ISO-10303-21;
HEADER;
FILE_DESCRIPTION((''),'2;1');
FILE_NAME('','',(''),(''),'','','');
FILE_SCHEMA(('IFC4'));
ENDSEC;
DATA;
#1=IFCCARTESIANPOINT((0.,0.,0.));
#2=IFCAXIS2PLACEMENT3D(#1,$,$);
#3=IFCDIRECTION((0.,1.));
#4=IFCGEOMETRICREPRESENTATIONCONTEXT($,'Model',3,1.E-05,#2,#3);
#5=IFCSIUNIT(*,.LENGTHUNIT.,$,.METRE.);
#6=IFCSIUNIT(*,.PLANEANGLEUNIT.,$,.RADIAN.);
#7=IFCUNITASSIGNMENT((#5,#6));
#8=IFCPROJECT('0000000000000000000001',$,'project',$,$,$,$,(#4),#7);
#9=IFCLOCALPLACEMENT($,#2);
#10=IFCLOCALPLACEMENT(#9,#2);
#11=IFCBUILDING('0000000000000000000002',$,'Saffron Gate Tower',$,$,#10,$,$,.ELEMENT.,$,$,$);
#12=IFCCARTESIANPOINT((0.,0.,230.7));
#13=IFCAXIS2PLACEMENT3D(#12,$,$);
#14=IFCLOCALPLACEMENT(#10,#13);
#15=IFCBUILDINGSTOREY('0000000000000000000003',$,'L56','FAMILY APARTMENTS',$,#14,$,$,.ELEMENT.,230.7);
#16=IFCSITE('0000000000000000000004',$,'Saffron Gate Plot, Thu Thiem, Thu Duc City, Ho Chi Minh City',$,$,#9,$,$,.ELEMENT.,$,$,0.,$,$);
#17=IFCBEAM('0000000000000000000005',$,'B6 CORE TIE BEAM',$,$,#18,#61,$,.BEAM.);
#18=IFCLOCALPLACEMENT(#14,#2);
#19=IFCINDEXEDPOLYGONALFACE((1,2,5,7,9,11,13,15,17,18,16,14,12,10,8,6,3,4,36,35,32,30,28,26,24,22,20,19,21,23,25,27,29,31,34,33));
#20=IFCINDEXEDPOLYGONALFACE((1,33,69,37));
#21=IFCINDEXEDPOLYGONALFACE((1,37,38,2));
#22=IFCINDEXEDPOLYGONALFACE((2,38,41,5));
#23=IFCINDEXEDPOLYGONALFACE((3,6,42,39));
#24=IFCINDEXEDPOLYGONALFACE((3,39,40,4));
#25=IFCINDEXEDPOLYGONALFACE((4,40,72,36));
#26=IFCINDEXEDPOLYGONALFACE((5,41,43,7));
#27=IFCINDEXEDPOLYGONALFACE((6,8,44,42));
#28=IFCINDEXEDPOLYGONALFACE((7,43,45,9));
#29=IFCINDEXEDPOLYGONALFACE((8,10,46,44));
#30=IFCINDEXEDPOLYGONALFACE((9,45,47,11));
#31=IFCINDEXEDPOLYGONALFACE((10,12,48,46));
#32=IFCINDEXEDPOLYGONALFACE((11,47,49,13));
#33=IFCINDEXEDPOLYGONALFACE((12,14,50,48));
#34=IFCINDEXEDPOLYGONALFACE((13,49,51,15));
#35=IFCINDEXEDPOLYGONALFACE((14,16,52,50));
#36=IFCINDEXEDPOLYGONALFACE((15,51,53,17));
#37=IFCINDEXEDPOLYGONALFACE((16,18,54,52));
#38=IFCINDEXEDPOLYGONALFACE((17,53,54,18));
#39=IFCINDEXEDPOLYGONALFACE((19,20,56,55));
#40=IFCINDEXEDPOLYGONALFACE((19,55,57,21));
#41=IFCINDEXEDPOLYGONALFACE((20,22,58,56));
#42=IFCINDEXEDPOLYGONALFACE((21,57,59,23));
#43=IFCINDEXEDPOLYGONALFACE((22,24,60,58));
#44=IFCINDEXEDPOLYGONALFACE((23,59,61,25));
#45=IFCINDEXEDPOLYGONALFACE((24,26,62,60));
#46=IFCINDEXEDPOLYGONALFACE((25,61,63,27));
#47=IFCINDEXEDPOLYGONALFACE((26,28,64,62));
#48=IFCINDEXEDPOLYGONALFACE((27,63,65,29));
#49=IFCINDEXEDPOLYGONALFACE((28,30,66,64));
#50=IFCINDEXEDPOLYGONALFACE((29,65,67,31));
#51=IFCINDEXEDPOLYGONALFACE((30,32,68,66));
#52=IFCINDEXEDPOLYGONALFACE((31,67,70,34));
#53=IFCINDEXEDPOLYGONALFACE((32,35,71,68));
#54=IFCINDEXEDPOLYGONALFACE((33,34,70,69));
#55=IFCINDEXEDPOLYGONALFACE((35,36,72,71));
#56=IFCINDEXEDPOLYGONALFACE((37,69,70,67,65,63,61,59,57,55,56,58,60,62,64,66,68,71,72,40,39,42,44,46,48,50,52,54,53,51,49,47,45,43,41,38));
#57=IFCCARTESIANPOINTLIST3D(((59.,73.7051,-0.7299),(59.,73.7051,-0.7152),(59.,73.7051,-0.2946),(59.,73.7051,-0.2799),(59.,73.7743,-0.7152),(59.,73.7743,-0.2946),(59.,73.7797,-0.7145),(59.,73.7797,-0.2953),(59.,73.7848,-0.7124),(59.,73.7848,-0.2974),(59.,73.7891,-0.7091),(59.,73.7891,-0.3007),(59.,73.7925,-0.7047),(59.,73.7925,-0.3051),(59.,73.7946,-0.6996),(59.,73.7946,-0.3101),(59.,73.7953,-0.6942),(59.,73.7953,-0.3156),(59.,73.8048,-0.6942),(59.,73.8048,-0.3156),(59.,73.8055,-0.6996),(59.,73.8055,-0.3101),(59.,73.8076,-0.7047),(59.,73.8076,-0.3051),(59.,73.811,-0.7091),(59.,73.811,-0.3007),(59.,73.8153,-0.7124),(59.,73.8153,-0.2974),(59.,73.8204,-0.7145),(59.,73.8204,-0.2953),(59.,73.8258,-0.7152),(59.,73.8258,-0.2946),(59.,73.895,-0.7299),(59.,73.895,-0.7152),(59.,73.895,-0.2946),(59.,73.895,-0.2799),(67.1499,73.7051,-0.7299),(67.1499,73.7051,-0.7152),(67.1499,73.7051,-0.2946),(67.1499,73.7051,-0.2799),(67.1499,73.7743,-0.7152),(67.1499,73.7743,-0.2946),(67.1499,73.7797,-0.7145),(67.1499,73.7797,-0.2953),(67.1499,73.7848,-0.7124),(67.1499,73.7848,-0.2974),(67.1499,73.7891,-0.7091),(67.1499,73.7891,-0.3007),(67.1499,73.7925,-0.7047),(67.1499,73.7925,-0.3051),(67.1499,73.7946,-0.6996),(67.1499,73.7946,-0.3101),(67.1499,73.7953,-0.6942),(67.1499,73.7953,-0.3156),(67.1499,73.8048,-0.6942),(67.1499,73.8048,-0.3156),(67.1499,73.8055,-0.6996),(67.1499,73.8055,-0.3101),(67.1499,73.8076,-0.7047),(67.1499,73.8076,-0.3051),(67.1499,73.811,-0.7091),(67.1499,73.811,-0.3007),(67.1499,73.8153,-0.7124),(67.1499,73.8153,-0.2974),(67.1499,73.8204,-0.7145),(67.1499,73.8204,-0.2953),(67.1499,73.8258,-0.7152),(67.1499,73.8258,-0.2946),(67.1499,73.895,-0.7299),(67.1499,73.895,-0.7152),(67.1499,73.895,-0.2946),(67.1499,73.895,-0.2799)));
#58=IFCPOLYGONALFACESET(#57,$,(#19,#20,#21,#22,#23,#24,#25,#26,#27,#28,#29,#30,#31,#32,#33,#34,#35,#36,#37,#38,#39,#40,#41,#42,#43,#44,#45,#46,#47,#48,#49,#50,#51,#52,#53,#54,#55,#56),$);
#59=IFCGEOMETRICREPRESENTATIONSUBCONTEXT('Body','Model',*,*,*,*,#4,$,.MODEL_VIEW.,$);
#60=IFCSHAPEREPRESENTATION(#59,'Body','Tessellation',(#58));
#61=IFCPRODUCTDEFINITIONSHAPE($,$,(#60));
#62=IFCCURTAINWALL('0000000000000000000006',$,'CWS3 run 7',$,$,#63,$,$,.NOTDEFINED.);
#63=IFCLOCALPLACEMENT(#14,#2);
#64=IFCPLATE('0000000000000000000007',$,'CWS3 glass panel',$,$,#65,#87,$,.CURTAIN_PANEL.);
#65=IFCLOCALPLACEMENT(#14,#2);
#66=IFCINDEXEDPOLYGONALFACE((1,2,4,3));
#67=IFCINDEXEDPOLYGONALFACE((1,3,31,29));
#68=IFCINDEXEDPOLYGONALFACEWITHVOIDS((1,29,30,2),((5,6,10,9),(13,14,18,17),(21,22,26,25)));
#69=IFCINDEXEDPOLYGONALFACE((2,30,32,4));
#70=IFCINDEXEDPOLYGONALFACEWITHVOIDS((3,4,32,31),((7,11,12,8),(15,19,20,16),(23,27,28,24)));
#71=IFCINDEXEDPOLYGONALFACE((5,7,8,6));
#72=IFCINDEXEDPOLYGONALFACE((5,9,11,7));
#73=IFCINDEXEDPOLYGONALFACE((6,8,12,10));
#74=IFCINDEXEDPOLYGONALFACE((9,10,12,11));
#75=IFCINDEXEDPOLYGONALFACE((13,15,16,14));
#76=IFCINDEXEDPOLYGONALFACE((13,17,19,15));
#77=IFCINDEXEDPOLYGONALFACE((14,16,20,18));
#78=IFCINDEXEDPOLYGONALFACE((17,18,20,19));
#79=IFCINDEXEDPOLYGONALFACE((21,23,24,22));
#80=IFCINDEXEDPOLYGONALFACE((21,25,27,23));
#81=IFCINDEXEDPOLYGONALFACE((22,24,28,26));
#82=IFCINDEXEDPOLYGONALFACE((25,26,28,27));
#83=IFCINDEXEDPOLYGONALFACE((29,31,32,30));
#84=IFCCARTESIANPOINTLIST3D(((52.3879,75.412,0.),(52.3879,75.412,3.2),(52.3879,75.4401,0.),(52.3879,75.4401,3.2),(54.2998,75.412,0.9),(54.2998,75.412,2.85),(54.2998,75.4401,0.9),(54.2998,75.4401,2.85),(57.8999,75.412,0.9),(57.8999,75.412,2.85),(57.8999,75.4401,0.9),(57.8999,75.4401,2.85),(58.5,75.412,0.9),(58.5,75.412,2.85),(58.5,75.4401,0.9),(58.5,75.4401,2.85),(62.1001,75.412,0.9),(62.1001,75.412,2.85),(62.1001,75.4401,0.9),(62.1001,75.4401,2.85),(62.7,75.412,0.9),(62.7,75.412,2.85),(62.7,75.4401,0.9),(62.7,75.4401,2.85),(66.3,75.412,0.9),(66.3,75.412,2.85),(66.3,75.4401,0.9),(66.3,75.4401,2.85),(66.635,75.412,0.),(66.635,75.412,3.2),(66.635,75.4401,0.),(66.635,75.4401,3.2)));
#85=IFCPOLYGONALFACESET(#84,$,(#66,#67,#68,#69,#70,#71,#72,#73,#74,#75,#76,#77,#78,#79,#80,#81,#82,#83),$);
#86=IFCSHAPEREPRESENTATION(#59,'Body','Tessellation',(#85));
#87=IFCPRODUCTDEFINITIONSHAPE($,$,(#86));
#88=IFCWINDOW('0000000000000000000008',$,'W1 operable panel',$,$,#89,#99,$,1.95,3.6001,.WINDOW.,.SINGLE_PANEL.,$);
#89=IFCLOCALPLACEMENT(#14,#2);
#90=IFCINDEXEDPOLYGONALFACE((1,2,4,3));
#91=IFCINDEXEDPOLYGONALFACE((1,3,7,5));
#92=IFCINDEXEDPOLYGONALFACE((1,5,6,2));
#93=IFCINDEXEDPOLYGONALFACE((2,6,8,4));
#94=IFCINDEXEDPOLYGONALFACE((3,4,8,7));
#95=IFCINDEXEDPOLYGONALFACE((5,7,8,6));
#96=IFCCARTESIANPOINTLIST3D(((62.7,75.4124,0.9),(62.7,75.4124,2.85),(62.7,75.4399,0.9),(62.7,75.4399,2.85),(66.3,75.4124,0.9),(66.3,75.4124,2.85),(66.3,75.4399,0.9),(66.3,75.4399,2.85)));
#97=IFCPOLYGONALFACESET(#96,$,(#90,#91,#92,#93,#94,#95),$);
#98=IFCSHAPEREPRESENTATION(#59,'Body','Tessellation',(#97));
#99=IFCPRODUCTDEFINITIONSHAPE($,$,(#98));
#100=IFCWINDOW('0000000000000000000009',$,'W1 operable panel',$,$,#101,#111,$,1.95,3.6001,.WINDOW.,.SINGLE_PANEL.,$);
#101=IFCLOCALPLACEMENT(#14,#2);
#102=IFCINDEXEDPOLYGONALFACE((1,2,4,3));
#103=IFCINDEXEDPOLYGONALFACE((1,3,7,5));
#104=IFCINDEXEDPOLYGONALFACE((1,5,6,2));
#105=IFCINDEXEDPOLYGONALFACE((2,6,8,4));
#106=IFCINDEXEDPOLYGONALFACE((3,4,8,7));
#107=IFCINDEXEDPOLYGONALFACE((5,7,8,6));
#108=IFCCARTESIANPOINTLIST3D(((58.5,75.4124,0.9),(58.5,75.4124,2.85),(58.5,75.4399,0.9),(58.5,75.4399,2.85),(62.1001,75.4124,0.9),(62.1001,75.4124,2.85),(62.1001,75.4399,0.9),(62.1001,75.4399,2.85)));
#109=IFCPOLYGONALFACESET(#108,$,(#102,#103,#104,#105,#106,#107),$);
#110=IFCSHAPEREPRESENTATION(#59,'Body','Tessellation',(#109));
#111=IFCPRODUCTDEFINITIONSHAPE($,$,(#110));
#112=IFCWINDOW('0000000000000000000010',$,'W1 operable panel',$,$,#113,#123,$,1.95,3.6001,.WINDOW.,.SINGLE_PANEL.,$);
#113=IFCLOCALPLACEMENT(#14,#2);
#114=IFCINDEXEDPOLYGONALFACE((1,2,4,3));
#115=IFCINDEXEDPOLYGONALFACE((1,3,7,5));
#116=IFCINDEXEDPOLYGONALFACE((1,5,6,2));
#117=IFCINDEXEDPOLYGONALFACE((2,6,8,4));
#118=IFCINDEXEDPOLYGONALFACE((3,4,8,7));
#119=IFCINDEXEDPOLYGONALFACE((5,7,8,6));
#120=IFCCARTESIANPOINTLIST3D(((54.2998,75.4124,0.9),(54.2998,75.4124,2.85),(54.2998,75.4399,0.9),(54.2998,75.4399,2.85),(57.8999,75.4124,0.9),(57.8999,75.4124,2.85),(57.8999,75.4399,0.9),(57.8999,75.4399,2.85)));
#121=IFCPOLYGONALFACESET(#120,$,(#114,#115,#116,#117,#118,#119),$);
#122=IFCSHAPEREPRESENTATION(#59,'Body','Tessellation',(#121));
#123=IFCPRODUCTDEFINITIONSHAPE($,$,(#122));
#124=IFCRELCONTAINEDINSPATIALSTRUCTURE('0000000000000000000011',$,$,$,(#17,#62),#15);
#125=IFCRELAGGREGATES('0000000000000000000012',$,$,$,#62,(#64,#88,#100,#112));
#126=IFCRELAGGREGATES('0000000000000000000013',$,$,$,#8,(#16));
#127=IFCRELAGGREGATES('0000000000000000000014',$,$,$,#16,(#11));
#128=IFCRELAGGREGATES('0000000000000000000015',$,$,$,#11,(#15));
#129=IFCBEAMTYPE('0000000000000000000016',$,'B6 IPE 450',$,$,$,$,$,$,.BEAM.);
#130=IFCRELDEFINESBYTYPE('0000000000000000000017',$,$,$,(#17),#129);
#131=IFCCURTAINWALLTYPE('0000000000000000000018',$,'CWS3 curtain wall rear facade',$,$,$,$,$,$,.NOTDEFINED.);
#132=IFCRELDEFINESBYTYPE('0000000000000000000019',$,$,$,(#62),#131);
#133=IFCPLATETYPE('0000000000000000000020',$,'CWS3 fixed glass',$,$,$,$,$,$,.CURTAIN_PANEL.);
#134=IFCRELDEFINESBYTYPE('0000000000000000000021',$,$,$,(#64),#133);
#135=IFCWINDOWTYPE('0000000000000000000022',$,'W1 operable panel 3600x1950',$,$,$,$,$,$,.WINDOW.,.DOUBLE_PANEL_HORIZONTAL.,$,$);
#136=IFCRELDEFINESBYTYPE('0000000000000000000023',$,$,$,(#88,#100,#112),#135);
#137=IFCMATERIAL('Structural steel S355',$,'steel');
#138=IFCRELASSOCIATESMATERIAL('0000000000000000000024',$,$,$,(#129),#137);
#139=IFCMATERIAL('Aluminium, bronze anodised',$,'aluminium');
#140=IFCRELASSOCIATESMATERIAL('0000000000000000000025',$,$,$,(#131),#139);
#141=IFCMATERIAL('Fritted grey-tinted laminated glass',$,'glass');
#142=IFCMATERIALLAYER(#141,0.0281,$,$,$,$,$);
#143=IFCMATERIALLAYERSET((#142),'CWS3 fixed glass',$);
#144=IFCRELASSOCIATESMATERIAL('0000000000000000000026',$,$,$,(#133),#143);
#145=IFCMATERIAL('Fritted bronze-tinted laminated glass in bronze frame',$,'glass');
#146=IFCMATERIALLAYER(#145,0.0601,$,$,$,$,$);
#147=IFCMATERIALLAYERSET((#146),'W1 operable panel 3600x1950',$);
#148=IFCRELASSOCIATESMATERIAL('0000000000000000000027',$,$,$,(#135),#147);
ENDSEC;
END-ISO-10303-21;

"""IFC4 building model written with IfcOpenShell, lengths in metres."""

from ifc_helpers import new_model, si_unit, direction, frame, frame_2d, origin, origin_2d, place, context, subcontext, project, spatial, rectangle, i_section, extrude, material, layer, layer_set, material_profile, profile_set, type_object, element, fill, aggregate, save


model = new_model("IFC4")

# Units and contexts
model_context = context("Model", 3, precision=1e-05, world=origin(), true_north=direction((0.0, 1.0)))
body_context = subcontext(model_context, "Body", "Model", "MODEL_VIEW")
ifc_project = project(units=[si_unit("LENGTHUNIT", "METRE"), si_unit("PLANEANGLEUNIT", "RADIAN")], contexts=[model_context])

# Site, building, storey
site_placement = place(None, origin())
site = spatial("IfcSite", under=ifc_project, at=site_placement, Name="Saffron Gate Plot, Thu Thiem, Thu Duc City, Ho Chi Minh City", CompositionType="ELEMENT", RefElevation=0.0)
building_placement = place(site_placement, origin())
building = spatial("IfcBuilding", under=site, at=building_placement, Name="Saffron Gate Tower", CompositionType="ELEMENT")
storey_placement = place(building_placement, frame((0.0, 0.0, 230.7)))
storey = spatial("IfcBuildingStorey", under=building, at=storey_placement, Name="L56", Description="FAMILY APARTMENTS", CompositionType="ELEMENT", Elevation=230.7)

# Beam
ifc_material_1 = material(Name="Structural steel S355", Category="steel")
ifc_material_profile = material_profile(ifc_material_1, i_section(OverallWidth=0.1899, OverallDepth=0.45, WebThickness=0.0095, FlangeThickness=0.0146, FilletRadius=0.021, at=origin_2d()))
ifc_profile_set = profile_set([ifc_material_profile], Name="Structural steel S355")
beam_type = type_object("IfcBeamType", Name="B6 IPE 450", PredefinedType="BEAM", material=ifc_profile_set)
beam_placement = place(storey_placement, frame((59.0, 73.8, -0.5049), z_axis=(1.0, 0.0, 0.0), x_axis=(0.0, 1.0, 0.0)))
element("IfcBeam", 1, at=beam_placement, inside=storey, type_object=beam_type, Name="B6 CORE TIE BEAM", PredefinedType="BEAM", context=body_context, shape_type="SweptSolid", body=[
    extrude(i_section(OverallWidth=0.1899, OverallDepth=0.45, WebThickness=0.0095, FlangeThickness=0.0146, FilletRadius=0.021, at=origin_2d()), origin(), (0.0, 0.0, 1.0), 8.1499),
])

# Curtain wall, plate, openings, windows
ifc_material_2 = material(Name="Aluminium, bronze anodised", Category="aluminium")
curtain_wall_type = type_object("IfcCurtainWallType", Name="CWS3 curtain wall rear facade", PredefinedType="NOTDEFINED", material=ifc_material_2)
curtain_wall_placement = place(storey_placement, origin())
curtain_wall = element("IfcCurtainWall", 2, at=curtain_wall_placement, inside=storey, type_object=curtain_wall_type, Name="CWS3 run 7", PredefinedType="NOTDEFINED")
ifc_material_3 = material(Name="Fritted grey-tinted laminated glass", Category="glass")
ifc_layer_1 = layer(ifc_material_3, 0.0281)
ifc_layer_set_1 = layer_set([ifc_layer_1], Name="CWS3 fixed glass")
plate_type = type_object("IfcPlateType", Name="CWS3 fixed glass", PredefinedType="CURTAIN_PANEL", material=ifc_layer_set_1)
plate_placement = place(storey_placement, frame((66.635, 75.426, 0.0), z_axis=(0.0, 0.0, 1.0), x_axis=(-1.0, 0.0, 0.0)))
plate = element("IfcPlate", 3, at=plate_placement, type_object=plate_type, Name="CWS3 glass panel", PredefinedType="CURTAIN_PANEL", context=body_context, shape_type="SweptSolid", body=[
    extrude(rectangle(XDim=14.2471, YDim=0.0281, at=frame_2d((7.1235, 0.0))), origin(), (0.0, 0.0, 1.0), 3.2),
])
opening_1_placement = place(plate_placement, frame((0.335, 0.0, 0.8999)))
opening_1 = element("IfcOpeningElement", 4, at=opening_1_placement, cuts=plate, PredefinedType="OPENING", context=body_context, shape_type="SweptSolid", body=[
    extrude(rectangle(XDim=3.6001, YDim=1.95, at=frame_2d((1.8, 0.9751))), frame((0.0, 0.0239, 0.0), z_axis=(0.0, -1.0, 0.0), x_axis=(1.0, 0.0, 0.0)), (0.0, 0.0, 1.0), 0.0481),
])
opening_2_placement = place(plate_placement, frame((4.5349, 0.0, 0.8999)))
opening_2 = element("IfcOpeningElement", 5, at=opening_2_placement, cuts=plate, PredefinedType="OPENING", context=body_context, shape_type="SweptSolid", body=[
    extrude(rectangle(XDim=3.6001, YDim=1.95, at=frame_2d((1.8, 0.9751))), frame((0.0, 0.0239, 0.0), z_axis=(0.0, -1.0, 0.0), x_axis=(1.0, 0.0, 0.0)), (0.0, 0.0, 1.0), 0.0481),
])
opening_3_placement = place(plate_placement, frame((8.7351, 0.0, 0.8999)))
opening_3 = element("IfcOpeningElement", 6, at=opening_3_placement, cuts=plate, PredefinedType="OPENING", context=body_context, shape_type="SweptSolid", body=[
    extrude(rectangle(XDim=3.6001, YDim=1.95, at=frame_2d((1.8, 0.9751))), frame((0.0, 0.0239, 0.0), z_axis=(0.0, -1.0, 0.0), x_axis=(1.0, 0.0, 0.0)), (0.0, 0.0, 1.0), 0.0481),
])
ifc_material_4 = material(Name="Fritted bronze-tinted laminated glass in bronze frame", Category="glass")
ifc_layer_2 = layer(ifc_material_4, 0.0601)
ifc_layer_set_2 = layer_set([ifc_layer_2], Name="W1 operable panel 3600x1950")
window_type = type_object("IfcWindowType", Name="W1 operable panel 3600x1950", PartitioningType="DOUBLE_PANEL_HORIZONTAL", PredefinedType="WINDOW", material=ifc_layer_set_2)
window_1_placement = place(opening_1_placement, origin())
window_1 = element("IfcWindow", 7, at=window_1_placement, type_object=window_type, Name="W1 operable panel", OverallHeight=1.95, OverallWidth=3.6001, PartitioningType="SINGLE_PANEL", PredefinedType="WINDOW", context=body_context, shape_type="SweptSolid", body=[
    extrude(rectangle(XDim=3.6001, YDim=1.95, at=frame_2d((1.8, 0.9751))), frame((0.0, 0.0137, 0.0), z_axis=(0.0, -1.0, 0.0), x_axis=(1.0, 0.0, 0.0)), (0.0, 0.0, 1.0), 0.0276),
])
fill(opening_1, window_1)
window_2_placement = place(opening_2_placement, origin())
window_2 = element("IfcWindow", 8, at=window_2_placement, type_object=window_type, Name="W1 operable panel", OverallHeight=1.95, OverallWidth=3.6001, PartitioningType="SINGLE_PANEL", PredefinedType="WINDOW", context=body_context, shape_type="SweptSolid", body=[
    extrude(rectangle(XDim=3.6001, YDim=1.95, at=frame_2d((1.8, 0.9751))), frame((0.0, 0.0137, 0.0), z_axis=(0.0, -1.0, 0.0), x_axis=(1.0, 0.0, 0.0)), (0.0, 0.0, 1.0), 0.0276),
])
fill(opening_2, window_2)
window_3_placement = place(opening_3_placement, origin())
window_3 = element("IfcWindow", 9, at=window_3_placement, type_object=window_type, Name="W1 operable panel", OverallHeight=1.95, OverallWidth=3.6001, PartitioningType="SINGLE_PANEL", PredefinedType="WINDOW", context=body_context, shape_type="SweptSolid", body=[
    extrude(rectangle(XDim=3.6001, YDim=1.95, at=frame_2d((1.8, 0.9751))), frame((0.0, 0.0137, 0.0), z_axis=(0.0, -1.0, 0.0), x_axis=(1.0, 0.0, 0.0)), (0.0, 0.0, 1.0), 0.0276),
])
fill(opening_3, window_3)
aggregate(curtain_wall, [plate, window_1, window_2, window_3])

save(model, "model.ifc")
